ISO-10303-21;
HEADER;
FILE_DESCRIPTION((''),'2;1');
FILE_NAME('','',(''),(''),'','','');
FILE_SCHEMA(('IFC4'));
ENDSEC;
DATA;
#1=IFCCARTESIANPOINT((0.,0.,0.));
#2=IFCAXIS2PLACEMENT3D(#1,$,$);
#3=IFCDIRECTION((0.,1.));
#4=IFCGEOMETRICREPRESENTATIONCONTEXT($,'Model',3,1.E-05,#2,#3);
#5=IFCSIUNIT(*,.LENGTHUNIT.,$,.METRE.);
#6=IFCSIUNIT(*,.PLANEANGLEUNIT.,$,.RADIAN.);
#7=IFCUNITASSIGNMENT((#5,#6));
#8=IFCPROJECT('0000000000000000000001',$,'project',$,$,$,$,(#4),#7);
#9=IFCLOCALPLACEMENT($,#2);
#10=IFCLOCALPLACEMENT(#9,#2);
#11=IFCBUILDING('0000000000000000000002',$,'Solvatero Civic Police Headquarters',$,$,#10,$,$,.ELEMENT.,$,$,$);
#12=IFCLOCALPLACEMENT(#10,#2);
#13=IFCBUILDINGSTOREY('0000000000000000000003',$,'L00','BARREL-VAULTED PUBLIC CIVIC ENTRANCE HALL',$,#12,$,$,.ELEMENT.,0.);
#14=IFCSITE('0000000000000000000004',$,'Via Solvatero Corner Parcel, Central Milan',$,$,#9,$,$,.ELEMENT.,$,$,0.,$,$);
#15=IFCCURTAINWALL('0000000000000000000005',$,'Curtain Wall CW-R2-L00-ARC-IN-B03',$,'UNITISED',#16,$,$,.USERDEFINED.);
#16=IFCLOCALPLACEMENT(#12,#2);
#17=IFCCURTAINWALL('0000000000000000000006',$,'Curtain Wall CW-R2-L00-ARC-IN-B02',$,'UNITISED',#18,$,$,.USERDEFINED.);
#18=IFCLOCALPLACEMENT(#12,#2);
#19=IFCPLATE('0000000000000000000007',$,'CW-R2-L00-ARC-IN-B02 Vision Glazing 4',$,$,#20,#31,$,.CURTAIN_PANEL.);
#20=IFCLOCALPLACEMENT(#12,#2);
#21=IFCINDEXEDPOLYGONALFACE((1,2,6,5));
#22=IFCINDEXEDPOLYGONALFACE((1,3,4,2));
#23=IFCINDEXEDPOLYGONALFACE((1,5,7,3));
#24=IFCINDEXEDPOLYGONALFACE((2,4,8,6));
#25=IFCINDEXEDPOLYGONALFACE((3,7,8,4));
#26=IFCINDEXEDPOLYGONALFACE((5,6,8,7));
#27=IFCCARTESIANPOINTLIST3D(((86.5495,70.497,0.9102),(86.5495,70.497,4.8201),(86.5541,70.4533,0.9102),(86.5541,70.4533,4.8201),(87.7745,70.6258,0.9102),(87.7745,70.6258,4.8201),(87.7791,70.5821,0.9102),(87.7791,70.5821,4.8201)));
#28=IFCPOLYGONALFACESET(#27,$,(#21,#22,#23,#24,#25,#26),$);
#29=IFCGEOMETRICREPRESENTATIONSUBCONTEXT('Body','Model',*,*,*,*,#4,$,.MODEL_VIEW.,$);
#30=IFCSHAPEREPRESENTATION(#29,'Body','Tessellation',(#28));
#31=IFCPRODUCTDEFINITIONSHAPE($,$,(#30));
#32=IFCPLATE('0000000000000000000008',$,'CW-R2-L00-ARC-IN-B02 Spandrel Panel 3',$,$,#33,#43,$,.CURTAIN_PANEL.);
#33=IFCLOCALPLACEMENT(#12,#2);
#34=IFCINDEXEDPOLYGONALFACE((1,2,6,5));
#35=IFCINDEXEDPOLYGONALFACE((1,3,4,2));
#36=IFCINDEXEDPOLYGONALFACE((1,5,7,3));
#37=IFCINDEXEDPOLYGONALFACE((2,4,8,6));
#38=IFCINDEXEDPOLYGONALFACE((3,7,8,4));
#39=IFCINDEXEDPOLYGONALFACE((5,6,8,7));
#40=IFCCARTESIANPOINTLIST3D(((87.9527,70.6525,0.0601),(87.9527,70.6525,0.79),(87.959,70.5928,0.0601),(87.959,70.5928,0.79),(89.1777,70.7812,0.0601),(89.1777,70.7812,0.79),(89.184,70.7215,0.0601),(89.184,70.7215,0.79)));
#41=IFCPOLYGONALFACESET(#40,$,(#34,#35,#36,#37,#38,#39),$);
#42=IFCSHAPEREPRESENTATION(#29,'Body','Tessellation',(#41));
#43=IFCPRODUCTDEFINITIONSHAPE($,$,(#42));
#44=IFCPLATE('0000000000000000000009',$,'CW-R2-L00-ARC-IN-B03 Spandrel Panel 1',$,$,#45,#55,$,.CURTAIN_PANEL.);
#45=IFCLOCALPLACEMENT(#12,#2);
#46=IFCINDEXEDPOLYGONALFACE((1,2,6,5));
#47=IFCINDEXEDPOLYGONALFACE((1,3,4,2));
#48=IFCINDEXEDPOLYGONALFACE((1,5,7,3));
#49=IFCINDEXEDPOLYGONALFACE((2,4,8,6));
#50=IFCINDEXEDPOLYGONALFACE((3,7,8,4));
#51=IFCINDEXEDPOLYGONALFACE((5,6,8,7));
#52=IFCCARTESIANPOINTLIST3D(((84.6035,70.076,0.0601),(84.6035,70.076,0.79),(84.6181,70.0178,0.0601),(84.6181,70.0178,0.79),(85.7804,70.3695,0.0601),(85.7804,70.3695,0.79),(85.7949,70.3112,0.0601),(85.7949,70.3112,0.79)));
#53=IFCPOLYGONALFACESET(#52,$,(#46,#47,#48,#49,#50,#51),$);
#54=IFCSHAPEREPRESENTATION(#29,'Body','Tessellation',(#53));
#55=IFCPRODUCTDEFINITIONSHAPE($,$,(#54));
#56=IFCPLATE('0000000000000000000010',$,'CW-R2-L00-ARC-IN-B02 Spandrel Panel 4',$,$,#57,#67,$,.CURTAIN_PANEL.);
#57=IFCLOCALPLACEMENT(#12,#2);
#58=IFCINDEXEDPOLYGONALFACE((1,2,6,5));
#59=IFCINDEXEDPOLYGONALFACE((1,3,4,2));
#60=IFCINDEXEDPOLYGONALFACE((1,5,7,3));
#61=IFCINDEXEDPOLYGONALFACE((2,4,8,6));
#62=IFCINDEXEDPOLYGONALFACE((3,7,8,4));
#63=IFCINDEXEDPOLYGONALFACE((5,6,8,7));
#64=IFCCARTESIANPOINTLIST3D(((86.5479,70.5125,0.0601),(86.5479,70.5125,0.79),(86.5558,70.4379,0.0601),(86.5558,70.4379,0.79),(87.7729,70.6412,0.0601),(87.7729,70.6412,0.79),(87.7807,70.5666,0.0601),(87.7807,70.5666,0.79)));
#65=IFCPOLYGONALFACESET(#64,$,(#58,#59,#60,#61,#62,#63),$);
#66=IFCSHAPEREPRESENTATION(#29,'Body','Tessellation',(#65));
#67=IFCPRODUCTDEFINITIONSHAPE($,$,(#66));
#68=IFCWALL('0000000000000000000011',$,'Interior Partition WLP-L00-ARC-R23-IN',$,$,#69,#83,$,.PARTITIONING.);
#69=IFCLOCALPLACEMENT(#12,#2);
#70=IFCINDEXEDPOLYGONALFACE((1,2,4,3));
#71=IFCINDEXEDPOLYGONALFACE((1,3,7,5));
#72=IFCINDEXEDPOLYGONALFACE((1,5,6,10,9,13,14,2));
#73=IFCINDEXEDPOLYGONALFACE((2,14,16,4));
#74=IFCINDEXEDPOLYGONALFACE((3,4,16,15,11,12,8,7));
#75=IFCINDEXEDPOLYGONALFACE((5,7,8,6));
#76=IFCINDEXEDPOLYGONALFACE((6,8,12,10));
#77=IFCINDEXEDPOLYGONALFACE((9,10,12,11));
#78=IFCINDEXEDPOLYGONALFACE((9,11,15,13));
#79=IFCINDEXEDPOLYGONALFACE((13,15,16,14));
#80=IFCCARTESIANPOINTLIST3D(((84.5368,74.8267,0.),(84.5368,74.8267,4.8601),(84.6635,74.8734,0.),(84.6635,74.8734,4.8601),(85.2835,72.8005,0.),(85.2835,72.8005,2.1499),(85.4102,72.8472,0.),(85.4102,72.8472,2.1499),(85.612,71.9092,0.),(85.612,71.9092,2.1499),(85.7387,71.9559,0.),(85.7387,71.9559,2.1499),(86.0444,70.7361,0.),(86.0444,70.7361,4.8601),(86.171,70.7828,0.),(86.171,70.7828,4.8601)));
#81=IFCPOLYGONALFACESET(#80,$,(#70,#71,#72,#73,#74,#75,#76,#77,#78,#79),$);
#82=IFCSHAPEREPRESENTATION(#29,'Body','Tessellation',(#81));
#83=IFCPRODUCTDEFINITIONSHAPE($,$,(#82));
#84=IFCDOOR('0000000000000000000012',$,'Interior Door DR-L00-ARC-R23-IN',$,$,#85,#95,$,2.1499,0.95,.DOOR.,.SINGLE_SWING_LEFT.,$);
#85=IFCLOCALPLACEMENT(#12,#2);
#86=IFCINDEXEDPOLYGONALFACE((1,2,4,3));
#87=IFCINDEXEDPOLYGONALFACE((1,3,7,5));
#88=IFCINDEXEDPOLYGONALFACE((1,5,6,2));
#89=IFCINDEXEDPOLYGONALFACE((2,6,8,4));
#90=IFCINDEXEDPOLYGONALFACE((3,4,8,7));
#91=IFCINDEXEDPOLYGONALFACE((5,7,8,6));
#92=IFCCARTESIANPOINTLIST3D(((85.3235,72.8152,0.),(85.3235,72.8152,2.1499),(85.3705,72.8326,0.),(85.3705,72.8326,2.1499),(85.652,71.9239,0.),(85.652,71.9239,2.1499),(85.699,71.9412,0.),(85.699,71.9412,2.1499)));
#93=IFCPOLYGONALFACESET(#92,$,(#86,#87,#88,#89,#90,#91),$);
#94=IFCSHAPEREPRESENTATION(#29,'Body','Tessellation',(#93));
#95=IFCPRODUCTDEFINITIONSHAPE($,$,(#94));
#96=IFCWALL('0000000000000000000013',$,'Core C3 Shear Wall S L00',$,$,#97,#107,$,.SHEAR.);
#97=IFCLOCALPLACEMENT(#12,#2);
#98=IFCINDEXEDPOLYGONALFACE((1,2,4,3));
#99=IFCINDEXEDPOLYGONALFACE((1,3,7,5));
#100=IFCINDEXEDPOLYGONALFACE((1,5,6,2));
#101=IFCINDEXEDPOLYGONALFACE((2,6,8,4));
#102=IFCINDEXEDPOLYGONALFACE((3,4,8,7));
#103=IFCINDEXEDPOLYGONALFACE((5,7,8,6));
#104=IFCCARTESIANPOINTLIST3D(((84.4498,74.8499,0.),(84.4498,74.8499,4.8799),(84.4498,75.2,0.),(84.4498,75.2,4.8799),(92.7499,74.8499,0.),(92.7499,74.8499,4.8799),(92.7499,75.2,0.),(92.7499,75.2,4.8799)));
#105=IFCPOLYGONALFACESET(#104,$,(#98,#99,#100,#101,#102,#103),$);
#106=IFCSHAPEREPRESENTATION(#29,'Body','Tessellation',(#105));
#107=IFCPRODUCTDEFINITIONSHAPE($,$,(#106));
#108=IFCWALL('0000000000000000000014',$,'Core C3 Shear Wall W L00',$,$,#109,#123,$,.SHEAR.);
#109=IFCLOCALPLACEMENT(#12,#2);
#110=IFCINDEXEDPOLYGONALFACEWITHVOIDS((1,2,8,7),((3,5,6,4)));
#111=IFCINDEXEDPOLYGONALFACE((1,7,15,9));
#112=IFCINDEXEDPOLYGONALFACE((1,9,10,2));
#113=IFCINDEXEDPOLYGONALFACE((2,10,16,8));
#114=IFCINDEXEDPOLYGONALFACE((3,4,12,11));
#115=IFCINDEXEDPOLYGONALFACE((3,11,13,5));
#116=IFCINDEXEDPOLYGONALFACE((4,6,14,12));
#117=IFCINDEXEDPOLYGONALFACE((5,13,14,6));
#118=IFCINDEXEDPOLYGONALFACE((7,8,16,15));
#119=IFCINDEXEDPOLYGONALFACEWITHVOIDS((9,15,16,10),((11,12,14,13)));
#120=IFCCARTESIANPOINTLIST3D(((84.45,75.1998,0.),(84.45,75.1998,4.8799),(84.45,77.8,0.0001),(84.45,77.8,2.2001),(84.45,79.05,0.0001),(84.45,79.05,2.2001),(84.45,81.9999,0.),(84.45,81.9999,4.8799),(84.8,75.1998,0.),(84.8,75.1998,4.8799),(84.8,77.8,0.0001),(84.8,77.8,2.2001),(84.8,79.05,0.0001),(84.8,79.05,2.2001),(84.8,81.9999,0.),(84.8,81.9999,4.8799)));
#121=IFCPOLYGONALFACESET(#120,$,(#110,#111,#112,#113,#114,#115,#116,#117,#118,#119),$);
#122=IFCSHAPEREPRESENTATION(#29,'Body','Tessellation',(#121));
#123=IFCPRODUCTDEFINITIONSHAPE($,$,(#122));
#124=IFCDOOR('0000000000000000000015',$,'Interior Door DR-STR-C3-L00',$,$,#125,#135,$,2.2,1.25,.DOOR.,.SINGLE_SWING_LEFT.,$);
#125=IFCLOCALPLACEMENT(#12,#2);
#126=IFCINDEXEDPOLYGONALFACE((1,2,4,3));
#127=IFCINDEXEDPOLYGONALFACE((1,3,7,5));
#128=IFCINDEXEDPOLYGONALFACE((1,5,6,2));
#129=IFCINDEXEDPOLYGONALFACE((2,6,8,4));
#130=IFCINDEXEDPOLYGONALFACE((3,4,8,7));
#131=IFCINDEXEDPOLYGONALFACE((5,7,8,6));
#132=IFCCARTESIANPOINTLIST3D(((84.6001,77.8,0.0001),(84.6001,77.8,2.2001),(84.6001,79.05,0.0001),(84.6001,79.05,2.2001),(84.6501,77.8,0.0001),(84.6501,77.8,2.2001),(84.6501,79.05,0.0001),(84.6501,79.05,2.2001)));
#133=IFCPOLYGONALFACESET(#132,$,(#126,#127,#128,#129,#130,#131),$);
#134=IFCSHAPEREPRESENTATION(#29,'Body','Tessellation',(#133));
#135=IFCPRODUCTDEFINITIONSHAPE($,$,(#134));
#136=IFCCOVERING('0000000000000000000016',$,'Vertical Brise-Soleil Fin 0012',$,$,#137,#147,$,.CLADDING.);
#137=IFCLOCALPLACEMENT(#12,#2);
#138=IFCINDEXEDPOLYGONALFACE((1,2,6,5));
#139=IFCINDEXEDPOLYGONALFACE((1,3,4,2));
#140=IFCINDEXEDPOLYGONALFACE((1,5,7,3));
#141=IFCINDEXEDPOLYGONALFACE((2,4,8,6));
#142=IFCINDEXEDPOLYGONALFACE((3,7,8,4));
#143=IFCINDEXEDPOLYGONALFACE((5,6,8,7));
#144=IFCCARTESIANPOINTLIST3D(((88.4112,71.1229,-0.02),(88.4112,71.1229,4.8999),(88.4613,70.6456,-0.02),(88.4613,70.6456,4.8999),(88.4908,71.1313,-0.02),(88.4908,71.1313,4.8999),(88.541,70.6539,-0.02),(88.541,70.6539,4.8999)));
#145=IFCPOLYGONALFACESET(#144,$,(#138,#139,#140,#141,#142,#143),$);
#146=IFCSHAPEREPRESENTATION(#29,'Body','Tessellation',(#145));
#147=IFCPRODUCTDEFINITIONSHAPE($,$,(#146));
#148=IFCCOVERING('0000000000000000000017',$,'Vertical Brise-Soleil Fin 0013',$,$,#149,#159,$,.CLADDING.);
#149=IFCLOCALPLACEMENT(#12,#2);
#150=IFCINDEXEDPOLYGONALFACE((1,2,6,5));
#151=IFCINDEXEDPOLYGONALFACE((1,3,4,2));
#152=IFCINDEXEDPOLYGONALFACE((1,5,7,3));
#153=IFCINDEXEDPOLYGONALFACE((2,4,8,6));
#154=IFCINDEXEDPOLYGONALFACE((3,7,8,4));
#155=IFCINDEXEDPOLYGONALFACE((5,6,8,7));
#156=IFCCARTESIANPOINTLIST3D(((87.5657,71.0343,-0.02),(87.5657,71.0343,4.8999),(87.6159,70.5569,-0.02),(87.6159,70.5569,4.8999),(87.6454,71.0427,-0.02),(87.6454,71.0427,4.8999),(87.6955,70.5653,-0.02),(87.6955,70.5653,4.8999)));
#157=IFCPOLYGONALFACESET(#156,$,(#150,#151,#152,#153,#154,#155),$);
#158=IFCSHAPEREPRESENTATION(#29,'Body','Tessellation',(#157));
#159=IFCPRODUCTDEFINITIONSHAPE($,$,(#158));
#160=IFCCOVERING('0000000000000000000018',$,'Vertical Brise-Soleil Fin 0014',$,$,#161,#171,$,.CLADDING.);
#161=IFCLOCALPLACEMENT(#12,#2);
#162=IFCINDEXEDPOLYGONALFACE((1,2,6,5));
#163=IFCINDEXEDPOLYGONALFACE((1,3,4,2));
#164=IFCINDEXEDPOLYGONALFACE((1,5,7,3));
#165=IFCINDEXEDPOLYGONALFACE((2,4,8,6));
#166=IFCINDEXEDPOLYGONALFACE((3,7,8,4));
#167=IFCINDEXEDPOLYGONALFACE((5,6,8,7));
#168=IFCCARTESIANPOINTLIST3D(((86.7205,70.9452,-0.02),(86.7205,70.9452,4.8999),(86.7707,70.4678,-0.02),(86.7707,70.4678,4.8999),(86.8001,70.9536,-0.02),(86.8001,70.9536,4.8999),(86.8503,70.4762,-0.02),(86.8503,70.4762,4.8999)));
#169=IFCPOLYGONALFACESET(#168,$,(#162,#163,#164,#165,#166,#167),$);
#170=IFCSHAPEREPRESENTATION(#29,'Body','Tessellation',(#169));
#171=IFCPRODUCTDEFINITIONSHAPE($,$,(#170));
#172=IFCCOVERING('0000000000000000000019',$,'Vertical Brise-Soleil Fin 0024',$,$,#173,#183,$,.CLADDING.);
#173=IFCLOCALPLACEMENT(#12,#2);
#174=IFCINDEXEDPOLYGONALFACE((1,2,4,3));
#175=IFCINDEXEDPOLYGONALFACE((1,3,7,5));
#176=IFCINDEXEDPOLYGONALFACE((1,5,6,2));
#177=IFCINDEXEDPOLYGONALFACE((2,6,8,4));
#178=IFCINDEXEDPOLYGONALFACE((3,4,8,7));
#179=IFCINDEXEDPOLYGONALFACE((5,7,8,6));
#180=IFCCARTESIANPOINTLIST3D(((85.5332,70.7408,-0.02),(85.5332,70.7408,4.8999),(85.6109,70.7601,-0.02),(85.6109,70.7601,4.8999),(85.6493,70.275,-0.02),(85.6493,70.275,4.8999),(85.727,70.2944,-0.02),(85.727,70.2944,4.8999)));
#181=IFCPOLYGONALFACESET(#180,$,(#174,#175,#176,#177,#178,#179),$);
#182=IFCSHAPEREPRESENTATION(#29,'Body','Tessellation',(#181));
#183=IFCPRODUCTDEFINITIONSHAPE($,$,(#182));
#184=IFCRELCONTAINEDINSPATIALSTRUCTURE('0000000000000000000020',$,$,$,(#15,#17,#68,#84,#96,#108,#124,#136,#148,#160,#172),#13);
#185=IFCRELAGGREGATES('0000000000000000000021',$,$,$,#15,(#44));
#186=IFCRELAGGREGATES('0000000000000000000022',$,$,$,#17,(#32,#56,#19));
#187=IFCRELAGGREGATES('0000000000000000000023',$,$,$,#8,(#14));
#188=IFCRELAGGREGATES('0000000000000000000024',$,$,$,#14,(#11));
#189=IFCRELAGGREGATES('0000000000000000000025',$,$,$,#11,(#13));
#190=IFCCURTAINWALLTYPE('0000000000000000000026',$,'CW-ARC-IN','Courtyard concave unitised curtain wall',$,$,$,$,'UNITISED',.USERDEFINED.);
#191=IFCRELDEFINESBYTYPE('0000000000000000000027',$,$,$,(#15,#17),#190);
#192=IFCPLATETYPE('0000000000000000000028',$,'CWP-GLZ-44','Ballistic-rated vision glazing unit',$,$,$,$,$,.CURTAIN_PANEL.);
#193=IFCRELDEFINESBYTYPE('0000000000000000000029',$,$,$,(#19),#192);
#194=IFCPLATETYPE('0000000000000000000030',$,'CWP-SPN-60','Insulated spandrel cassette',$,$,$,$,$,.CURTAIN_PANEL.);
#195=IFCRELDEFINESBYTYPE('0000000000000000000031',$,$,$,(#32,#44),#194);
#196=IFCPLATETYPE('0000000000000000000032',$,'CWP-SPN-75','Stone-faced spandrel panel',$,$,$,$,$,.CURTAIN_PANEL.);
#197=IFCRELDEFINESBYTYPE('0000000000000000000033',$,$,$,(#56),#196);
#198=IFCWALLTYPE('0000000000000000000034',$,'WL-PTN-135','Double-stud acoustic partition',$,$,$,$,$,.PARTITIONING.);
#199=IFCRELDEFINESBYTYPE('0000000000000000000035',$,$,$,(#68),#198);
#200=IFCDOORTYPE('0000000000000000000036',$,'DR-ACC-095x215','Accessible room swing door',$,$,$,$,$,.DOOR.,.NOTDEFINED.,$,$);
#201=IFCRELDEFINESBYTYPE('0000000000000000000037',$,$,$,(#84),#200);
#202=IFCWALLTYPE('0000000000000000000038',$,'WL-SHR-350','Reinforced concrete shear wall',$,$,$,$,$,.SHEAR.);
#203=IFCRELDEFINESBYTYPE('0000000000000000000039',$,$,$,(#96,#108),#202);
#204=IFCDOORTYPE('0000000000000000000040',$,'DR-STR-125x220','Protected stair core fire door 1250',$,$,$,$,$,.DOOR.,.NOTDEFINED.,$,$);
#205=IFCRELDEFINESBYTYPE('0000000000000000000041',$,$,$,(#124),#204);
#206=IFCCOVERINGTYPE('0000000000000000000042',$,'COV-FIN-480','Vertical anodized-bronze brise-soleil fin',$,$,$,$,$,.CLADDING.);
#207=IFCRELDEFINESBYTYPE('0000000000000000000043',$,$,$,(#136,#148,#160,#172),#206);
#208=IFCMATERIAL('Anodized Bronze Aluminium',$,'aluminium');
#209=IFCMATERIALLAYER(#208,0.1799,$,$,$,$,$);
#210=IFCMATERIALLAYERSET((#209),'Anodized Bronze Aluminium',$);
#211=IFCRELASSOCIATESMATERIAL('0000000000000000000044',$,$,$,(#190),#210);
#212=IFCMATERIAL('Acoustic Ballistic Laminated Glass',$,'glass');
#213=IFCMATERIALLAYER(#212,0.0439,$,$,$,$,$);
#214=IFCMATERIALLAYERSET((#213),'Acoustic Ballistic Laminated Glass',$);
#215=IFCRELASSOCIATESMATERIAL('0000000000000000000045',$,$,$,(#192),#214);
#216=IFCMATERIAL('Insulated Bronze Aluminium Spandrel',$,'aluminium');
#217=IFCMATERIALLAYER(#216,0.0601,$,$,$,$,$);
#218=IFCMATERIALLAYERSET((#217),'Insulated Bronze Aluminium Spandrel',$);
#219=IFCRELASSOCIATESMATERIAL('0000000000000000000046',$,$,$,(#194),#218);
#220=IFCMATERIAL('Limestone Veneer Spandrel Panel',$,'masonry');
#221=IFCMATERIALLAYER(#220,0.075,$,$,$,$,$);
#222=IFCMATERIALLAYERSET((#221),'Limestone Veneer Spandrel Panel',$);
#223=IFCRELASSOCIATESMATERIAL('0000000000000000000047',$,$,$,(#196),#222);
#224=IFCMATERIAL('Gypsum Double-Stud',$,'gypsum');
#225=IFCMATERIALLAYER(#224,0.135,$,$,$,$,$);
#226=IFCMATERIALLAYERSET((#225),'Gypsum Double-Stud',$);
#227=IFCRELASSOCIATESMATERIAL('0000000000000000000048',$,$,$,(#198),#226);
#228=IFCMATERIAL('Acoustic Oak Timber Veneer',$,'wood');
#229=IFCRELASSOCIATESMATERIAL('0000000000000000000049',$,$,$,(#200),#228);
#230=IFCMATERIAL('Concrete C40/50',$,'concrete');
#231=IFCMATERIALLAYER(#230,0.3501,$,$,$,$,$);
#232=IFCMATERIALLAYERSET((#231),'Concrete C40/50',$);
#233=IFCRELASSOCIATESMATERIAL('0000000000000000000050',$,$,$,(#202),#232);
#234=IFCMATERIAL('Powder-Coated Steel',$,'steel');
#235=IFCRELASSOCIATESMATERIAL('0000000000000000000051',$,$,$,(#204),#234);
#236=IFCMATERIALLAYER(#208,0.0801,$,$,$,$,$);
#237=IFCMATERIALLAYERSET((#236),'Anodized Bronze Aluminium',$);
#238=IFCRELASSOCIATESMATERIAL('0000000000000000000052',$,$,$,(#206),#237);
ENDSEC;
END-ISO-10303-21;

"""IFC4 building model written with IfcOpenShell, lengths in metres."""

from ifc_helpers import new_model, si_unit, direction, frame, frame_2d, origin, origin_2d, place, context, subcontext, project, spatial, rectangle, extrude, material, layer, layer_set, type_object, element, fill, aggregate, save


model = new_model("IFC4")

# Units and contexts
model_context = context("Model", 3, precision=1e-05, world=origin(), true_north=direction((0.0, 1.0)))
body_context = subcontext(model_context, "Body", "Model", "MODEL_VIEW")
ifc_project = project(units=[si_unit("LENGTHUNIT", "METRE"), si_unit("PLANEANGLEUNIT", "RADIAN")], contexts=[model_context])

# Site, building, storey
site_placement = place(None, origin())
site = spatial("IfcSite", under=ifc_project, at=site_placement, Name="Via Solvatero Corner Parcel, Central Milan", CompositionType="ELEMENT", RefElevation=0.0)
building_placement = place(site_placement, origin())
building = spatial("IfcBuilding", under=site, at=building_placement, Name="Solvatero Civic Police Headquarters", CompositionType="ELEMENT")
storey_placement = place(building_placement, origin())
storey = spatial("IfcBuildingStorey", under=building, at=storey_placement, Name="L00", Description="BARREL-VAULTED PUBLIC CIVIC ENTRANCE HALL", CompositionType="ELEMENT", Elevation=0.0)

# Shared definitions
ifc_material_1 = material(Name="Concrete C40/50", Category="concrete")

# Curtain walls
ifc_material_2 = material(Name="Anodized Bronze Aluminium", Category="aluminium")
ifc_layer_1 = layer(ifc_material_2, 0.1799)
ifc_layer_set_1 = layer_set([ifc_layer_1], Name="Anodized Bronze Aluminium")
curtain_wall_type = type_object("IfcCurtainWallType", Name="CW-ARC-IN", Description="Courtyard concave unitised curtain wall", ElementType="UNITISED", PredefinedType="USERDEFINED", material=ifc_layer_set_1)
curtain_wall_1_placement = place(storey_placement, origin())
curtain_wall_1 = element("IfcCurtainWall", 1, at=curtain_wall_1_placement, inside=storey, type_object=curtain_wall_type, Name="Curtain Wall CW-R2-L00-ARC-IN-B03", ObjectType="UNITISED", PredefinedType="USERDEFINED")
curtain_wall_2_placement = place(storey_placement, origin())
curtain_wall_2 = element("IfcCurtainWall", 2, at=curtain_wall_2_placement, inside=storey, type_object=curtain_wall_type, Name="Curtain Wall CW-R2-L00-ARC-IN-B02", ObjectType="UNITISED", PredefinedType="USERDEFINED")

# Plates
ifc_material_3 = material(Name="Acoustic Ballistic Laminated Glass", Category="glass")
ifc_layer_2 = layer(ifc_material_3, 0.0439)
ifc_layer_set_2 = layer_set([ifc_layer_2], Name="Acoustic Ballistic Laminated Glass")
plate_type_1 = type_object("IfcPlateType", Name="CWP-GLZ-44", Description="Ballistic-rated vision glazing unit", PredefinedType="CURTAIN_PANEL", material=ifc_layer_set_2)
plate_1_placement = place(storey_placement, frame((87.1643, 70.5396, 0.9102), z_axis=(0.0, 0.0, 1.0), x_axis=(-0.994524, -0.104511, 0.0)))
plate_1 = element("IfcPlate", 3, at=plate_1_placement, type_object=plate_type_1, Name="CW-R2-L00-ARC-IN-B02 Vision Glazing 4", PredefinedType="CURTAIN_PANEL", context=body_context, shape_type="SweptSolid", body=[
    extrude(rectangle(XDim=1.2317, YDim=0.0439, at=origin_2d()), origin(), (0.0, 0.0, 1.0), 3.9099),
])
ifc_material_4 = material(Name="Insulated Bronze Aluminium Spandrel", Category="aluminium")
ifc_layer_3 = layer(ifc_material_4, 0.0601)
ifc_layer_set_3 = layer_set([ifc_layer_3], Name="Insulated Bronze Aluminium Spandrel")
plate_type_2 = type_object("IfcPlateType", Name="CWP-SPN-60", Description="Insulated spandrel cassette", PredefinedType="CURTAIN_PANEL", material=ifc_layer_set_3)
plate_2_placement = place(storey_placement, frame((88.5684, 70.687, 0.0601), z_axis=(0.0, 0.0, 1.0), x_axis=(-0.994524, -0.104511, 0.0)))
plate_2 = element("IfcPlate", 4, at=plate_2_placement, type_object=plate_type_2, Name="CW-R2-L00-ARC-IN-B02 Spandrel Panel 3", PredefinedType="CURTAIN_PANEL", context=body_context, shape_type="SweptSolid", body=[
    extrude(rectangle(XDim=1.2317, YDim=0.0601, at=origin_2d()), origin(), (0.0, 0.0, 1.0), 0.73),
])
plate_3_placement = place(storey_placement, frame((85.1992, 70.1936, 0.0601), z_axis=(0.0, 0.0, 1.0), x_axis=(-0.970296, -0.241922, 0.0)))
plate_3 = element("IfcPlate", 5, at=plate_3_placement, type_object=plate_type_2, Name="CW-R2-L00-ARC-IN-B03 Spandrel Panel 1", PredefinedType="CURTAIN_PANEL", context=body_context, shape_type="SweptSolid", body=[
    extrude(rectangle(XDim=1.2129, YDim=0.0601, at=origin_2d()), origin(), (0.0, 0.0, 1.0), 0.73),
])
aggregate(curtain_wall_1, [plate_3])
ifc_material_5 = material(Name="Limestone Veneer Spandrel Panel", Category="masonry")
ifc_layer_4 = layer(ifc_material_5, 0.075)
ifc_layer_set_4 = layer_set([ifc_layer_4], Name="Limestone Veneer Spandrel Panel")
plate_type_3 = type_object("IfcPlateType", Name="CWP-SPN-75", Description="Stone-faced spandrel panel", PredefinedType="CURTAIN_PANEL", material=ifc_layer_set_4)
plate_4_placement = place(storey_placement, frame((87.1643, 70.5396, 0.0601), z_axis=(0.0, 0.0, 1.0), x_axis=(-0.994524, -0.104511, 0.0)))
plate_4 = element("IfcPlate", 6, at=plate_4_placement, type_object=plate_type_3, Name="CW-R2-L00-ARC-IN-B02 Spandrel Panel 4", PredefinedType="CURTAIN_PANEL", context=body_context, shape_type="SweptSolid", body=[
    extrude(rectangle(XDim=1.2317, YDim=0.075, at=origin_2d()), origin(), (0.0, 0.0, 1.0), 0.73),
])
aggregate(curtain_wall_2, [plate_2, plate_4, plate_1])

# Wall, opening, door
ifc_material_6 = material(Name="Gypsum Double-Stud", Category="gypsum")
ifc_layer_5 = layer(ifc_material_6, 0.135)
ifc_layer_set_5 = layer_set([ifc_layer_5], Name="Gypsum Double-Stud")
wall_type_1 = type_object("IfcWallType", Name="WL-PTN-135", Description="Double-stud acoustic partition", PredefinedType="PARTITIONING", material=ifc_layer_set_5)
wall_1_placement = place(storey_placement, frame((86.1077, 70.7595, 0.0), z_axis=(0.0, 0.0, 1.0), x_axis=(-0.345809, 0.938305, 0.0)))
wall_1 = element("IfcWall", 7, at=wall_1_placement, inside=storey, type_object=wall_type_1, Name="Interior Partition WLP-L00-ARC-R23-IN", PredefinedType="PARTITIONING", context=body_context, shape_type="SweptSolid", body=[
    extrude(rectangle(XDim=4.3596, YDim=0.135, at=frame_2d((2.1797, 0.0))), origin(), (0.0, 0.0, 1.0), 4.8601),
])
opening_1_placement = place(wall_1_placement, frame((1.25, 0.0, 0.0)))
opening_1 = element("IfcOpeningElement", 8, at=opening_1_placement, cuts=wall_1, PredefinedType="OPENING", context=body_context, shape_type="SweptSolid", body=[
    extrude(rectangle(XDim=0.95, YDim=2.1499, at=frame_2d((0.4751, 1.075))), frame((0.0, 0.0774, 0.0), z_axis=(0.0, -1.0, 0.0), x_axis=(1.0, 0.0, 0.0)), (0.0, 0.0, 1.0), 0.155),
])
ifc_material_7 = material(Name="Acoustic Oak Timber Veneer", Category="wood")
door_type_1 = type_object("IfcDoorType", Name="DR-ACC-095x215", Description="Accessible room swing door", OperationType="NOTDEFINED", PredefinedType="DOOR", material=ifc_material_7)
door_1_placement = place(opening_1_placement, origin())
door_1 = element("IfcDoor", 9, at=door_1_placement, inside=storey, type_object=door_type_1, Name="Interior Door DR-L00-ARC-R23-IN", OperationType="SINGLE_SWING_LEFT", OverallHeight=2.1499, OverallWidth=0.95, PredefinedType="DOOR", context=body_context, shape_type="SweptSolid", body=[
    extrude(rectangle(XDim=0.95, YDim=2.1499, at=frame_2d((0.4751, 1.075))), frame((0.0, 0.0249, 0.0), z_axis=(0.0, -1.0, 0.0), x_axis=(1.0, 0.0, 0.0)), (0.0, 0.0, 1.0), 0.05),
])
fill(opening_1, door_1)

# Wall
ifc_layer_6 = layer(ifc_material_1, 0.3501)
ifc_layer_set_6 = layer_set([ifc_layer_6], Name="Concrete C40/50")
wall_type_2 = type_object("IfcWallType", Name="WL-SHR-350", Description="Reinforced concrete shear wall", PredefinedType="SHEAR", material=ifc_layer_set_6)
wall_2_placement = place(storey_placement, frame((84.45, 75.0249, 0.0), z_axis=(0.0, 0.0, 1.0), x_axis=(1.0, 0.0, 0.0)))
element("IfcWall", 10, at=wall_2_placement, inside=storey, type_object=wall_type_2, Name="Core C3 Shear Wall S L00", PredefinedType="SHEAR", context=body_context, shape_type="SweptSolid", body=[
    extrude(rectangle(XDim=8.3, YDim=0.3501, at=frame_2d((4.1499, 0.0))), origin(), (0.0, 0.0, 1.0), 4.8799),
])

# Wall, opening, door
wall_3_placement = place(storey_placement, frame((84.625, 75.2, 0.0), z_axis=(0.0, 0.0, 1.0), x_axis=(0.0, 1.0, 0.0)))
wall_3 = element("IfcWall", 11, at=wall_3_placement, inside=storey, type_object=wall_type_2, Name="Core C3 Shear Wall W L00", PredefinedType="SHEAR", context=body_context, shape_type="SweptSolid", body=[
    extrude(rectangle(XDim=6.8, YDim=0.3501, at=frame_2d((3.3999, 0.0))), origin(), (0.0, 0.0, 1.0), 4.8799),
])
opening_2_placement = place(wall_3_placement, frame((2.6001, 0.0, 0.0)))
opening_2 = element("IfcOpeningElement", 12, at=opening_2_placement, cuts=wall_3, PredefinedType="OPENING", context=body_context, shape_type="SweptSolid", body=[
    extrude(rectangle(XDim=1.25, YDim=2.2, at=frame_2d((0.625, 1.1001))), frame((0.0, 0.1851, 0.0), z_axis=(0.0, -1.0, 0.0), x_axis=(1.0, 0.0, 0.0)), (0.0, 0.0, 1.0), 0.3701),
])
ifc_material_8 = material(Name="Powder-Coated Steel", Category="steel")
door_type_2 = type_object("IfcDoorType", Name="DR-STR-125x220", Description="Protected stair core fire door 1250", OperationType="NOTDEFINED", PredefinedType="DOOR", material=ifc_material_8)
door_2_placement = place(opening_2_placement, origin())
door_2 = element("IfcDoor", 13, at=door_2_placement, inside=storey, type_object=door_type_2, Name="Interior Door DR-STR-C3-L00", OperationType="SINGLE_SWING_LEFT", OverallHeight=2.2, OverallWidth=1.25, PredefinedType="DOOR", context=body_context, shape_type="SweptSolid", body=[
    extrude(rectangle(XDim=1.25, YDim=2.2, at=frame_2d((0.625, 1.1001))), frame((0.0, 0.0249, 0.0), z_axis=(0.0, -1.0, 0.0), x_axis=(1.0, 0.0, 0.0)), (0.0, 0.0, 1.0), 0.05),
])
fill(opening_2, door_2)

# Coverings
ifc_layer_7 = layer(ifc_material_2, 0.0801)
ifc_layer_set_7 = layer_set([ifc_layer_7], Name="Anodized Bronze Aluminium")
covering_type = type_object("IfcCoveringType", Name="COV-FIN-480", Description="Vertical anodized-bronze brise-soleil fin", PredefinedType="CLADDING", material=ifc_layer_set_7)
for number, where, z_axis, x_axis, name in (
    (14, (88.4761, 70.8884, -0.02), (0.0, 0.0, 1.0), (-0.994524, -0.104511, 0.0), "Vertical Brise-Soleil Fin 0012"),
    (15, (87.6306, 70.7998, -0.02), (0.0, 0.0, 1.0), (-0.994524, -0.104511, 0.0), "Vertical Brise-Soleil Fin 0013"),
    (16, (86.7854, 70.7107, -0.02), (0.0, 0.0, 1.0), (-0.994524, -0.104511, 0.0), "Vertical Brise-Soleil Fin 0014"),
    (17, (85.6301, 70.5176, -0.02), (0.0, 0.0, 1.0), (-0.970296, -0.241922, 0.0), "Vertical Brise-Soleil Fin 0024"),
):
    element("IfcCovering", number, at=place(storey_placement, frame(where, z_axis=z_axis, x_axis=x_axis)), inside=storey, type_object=covering_type, Name=name, PredefinedType="CLADDING", context=body_context, shape_type="SweptSolid", body=[
        extrude(rectangle(XDim=0.0801, YDim=0.48, at=origin_2d()), origin(), (0.0, 0.0, 1.0), 4.9199),
    ])

save(model, "model.ifc")
